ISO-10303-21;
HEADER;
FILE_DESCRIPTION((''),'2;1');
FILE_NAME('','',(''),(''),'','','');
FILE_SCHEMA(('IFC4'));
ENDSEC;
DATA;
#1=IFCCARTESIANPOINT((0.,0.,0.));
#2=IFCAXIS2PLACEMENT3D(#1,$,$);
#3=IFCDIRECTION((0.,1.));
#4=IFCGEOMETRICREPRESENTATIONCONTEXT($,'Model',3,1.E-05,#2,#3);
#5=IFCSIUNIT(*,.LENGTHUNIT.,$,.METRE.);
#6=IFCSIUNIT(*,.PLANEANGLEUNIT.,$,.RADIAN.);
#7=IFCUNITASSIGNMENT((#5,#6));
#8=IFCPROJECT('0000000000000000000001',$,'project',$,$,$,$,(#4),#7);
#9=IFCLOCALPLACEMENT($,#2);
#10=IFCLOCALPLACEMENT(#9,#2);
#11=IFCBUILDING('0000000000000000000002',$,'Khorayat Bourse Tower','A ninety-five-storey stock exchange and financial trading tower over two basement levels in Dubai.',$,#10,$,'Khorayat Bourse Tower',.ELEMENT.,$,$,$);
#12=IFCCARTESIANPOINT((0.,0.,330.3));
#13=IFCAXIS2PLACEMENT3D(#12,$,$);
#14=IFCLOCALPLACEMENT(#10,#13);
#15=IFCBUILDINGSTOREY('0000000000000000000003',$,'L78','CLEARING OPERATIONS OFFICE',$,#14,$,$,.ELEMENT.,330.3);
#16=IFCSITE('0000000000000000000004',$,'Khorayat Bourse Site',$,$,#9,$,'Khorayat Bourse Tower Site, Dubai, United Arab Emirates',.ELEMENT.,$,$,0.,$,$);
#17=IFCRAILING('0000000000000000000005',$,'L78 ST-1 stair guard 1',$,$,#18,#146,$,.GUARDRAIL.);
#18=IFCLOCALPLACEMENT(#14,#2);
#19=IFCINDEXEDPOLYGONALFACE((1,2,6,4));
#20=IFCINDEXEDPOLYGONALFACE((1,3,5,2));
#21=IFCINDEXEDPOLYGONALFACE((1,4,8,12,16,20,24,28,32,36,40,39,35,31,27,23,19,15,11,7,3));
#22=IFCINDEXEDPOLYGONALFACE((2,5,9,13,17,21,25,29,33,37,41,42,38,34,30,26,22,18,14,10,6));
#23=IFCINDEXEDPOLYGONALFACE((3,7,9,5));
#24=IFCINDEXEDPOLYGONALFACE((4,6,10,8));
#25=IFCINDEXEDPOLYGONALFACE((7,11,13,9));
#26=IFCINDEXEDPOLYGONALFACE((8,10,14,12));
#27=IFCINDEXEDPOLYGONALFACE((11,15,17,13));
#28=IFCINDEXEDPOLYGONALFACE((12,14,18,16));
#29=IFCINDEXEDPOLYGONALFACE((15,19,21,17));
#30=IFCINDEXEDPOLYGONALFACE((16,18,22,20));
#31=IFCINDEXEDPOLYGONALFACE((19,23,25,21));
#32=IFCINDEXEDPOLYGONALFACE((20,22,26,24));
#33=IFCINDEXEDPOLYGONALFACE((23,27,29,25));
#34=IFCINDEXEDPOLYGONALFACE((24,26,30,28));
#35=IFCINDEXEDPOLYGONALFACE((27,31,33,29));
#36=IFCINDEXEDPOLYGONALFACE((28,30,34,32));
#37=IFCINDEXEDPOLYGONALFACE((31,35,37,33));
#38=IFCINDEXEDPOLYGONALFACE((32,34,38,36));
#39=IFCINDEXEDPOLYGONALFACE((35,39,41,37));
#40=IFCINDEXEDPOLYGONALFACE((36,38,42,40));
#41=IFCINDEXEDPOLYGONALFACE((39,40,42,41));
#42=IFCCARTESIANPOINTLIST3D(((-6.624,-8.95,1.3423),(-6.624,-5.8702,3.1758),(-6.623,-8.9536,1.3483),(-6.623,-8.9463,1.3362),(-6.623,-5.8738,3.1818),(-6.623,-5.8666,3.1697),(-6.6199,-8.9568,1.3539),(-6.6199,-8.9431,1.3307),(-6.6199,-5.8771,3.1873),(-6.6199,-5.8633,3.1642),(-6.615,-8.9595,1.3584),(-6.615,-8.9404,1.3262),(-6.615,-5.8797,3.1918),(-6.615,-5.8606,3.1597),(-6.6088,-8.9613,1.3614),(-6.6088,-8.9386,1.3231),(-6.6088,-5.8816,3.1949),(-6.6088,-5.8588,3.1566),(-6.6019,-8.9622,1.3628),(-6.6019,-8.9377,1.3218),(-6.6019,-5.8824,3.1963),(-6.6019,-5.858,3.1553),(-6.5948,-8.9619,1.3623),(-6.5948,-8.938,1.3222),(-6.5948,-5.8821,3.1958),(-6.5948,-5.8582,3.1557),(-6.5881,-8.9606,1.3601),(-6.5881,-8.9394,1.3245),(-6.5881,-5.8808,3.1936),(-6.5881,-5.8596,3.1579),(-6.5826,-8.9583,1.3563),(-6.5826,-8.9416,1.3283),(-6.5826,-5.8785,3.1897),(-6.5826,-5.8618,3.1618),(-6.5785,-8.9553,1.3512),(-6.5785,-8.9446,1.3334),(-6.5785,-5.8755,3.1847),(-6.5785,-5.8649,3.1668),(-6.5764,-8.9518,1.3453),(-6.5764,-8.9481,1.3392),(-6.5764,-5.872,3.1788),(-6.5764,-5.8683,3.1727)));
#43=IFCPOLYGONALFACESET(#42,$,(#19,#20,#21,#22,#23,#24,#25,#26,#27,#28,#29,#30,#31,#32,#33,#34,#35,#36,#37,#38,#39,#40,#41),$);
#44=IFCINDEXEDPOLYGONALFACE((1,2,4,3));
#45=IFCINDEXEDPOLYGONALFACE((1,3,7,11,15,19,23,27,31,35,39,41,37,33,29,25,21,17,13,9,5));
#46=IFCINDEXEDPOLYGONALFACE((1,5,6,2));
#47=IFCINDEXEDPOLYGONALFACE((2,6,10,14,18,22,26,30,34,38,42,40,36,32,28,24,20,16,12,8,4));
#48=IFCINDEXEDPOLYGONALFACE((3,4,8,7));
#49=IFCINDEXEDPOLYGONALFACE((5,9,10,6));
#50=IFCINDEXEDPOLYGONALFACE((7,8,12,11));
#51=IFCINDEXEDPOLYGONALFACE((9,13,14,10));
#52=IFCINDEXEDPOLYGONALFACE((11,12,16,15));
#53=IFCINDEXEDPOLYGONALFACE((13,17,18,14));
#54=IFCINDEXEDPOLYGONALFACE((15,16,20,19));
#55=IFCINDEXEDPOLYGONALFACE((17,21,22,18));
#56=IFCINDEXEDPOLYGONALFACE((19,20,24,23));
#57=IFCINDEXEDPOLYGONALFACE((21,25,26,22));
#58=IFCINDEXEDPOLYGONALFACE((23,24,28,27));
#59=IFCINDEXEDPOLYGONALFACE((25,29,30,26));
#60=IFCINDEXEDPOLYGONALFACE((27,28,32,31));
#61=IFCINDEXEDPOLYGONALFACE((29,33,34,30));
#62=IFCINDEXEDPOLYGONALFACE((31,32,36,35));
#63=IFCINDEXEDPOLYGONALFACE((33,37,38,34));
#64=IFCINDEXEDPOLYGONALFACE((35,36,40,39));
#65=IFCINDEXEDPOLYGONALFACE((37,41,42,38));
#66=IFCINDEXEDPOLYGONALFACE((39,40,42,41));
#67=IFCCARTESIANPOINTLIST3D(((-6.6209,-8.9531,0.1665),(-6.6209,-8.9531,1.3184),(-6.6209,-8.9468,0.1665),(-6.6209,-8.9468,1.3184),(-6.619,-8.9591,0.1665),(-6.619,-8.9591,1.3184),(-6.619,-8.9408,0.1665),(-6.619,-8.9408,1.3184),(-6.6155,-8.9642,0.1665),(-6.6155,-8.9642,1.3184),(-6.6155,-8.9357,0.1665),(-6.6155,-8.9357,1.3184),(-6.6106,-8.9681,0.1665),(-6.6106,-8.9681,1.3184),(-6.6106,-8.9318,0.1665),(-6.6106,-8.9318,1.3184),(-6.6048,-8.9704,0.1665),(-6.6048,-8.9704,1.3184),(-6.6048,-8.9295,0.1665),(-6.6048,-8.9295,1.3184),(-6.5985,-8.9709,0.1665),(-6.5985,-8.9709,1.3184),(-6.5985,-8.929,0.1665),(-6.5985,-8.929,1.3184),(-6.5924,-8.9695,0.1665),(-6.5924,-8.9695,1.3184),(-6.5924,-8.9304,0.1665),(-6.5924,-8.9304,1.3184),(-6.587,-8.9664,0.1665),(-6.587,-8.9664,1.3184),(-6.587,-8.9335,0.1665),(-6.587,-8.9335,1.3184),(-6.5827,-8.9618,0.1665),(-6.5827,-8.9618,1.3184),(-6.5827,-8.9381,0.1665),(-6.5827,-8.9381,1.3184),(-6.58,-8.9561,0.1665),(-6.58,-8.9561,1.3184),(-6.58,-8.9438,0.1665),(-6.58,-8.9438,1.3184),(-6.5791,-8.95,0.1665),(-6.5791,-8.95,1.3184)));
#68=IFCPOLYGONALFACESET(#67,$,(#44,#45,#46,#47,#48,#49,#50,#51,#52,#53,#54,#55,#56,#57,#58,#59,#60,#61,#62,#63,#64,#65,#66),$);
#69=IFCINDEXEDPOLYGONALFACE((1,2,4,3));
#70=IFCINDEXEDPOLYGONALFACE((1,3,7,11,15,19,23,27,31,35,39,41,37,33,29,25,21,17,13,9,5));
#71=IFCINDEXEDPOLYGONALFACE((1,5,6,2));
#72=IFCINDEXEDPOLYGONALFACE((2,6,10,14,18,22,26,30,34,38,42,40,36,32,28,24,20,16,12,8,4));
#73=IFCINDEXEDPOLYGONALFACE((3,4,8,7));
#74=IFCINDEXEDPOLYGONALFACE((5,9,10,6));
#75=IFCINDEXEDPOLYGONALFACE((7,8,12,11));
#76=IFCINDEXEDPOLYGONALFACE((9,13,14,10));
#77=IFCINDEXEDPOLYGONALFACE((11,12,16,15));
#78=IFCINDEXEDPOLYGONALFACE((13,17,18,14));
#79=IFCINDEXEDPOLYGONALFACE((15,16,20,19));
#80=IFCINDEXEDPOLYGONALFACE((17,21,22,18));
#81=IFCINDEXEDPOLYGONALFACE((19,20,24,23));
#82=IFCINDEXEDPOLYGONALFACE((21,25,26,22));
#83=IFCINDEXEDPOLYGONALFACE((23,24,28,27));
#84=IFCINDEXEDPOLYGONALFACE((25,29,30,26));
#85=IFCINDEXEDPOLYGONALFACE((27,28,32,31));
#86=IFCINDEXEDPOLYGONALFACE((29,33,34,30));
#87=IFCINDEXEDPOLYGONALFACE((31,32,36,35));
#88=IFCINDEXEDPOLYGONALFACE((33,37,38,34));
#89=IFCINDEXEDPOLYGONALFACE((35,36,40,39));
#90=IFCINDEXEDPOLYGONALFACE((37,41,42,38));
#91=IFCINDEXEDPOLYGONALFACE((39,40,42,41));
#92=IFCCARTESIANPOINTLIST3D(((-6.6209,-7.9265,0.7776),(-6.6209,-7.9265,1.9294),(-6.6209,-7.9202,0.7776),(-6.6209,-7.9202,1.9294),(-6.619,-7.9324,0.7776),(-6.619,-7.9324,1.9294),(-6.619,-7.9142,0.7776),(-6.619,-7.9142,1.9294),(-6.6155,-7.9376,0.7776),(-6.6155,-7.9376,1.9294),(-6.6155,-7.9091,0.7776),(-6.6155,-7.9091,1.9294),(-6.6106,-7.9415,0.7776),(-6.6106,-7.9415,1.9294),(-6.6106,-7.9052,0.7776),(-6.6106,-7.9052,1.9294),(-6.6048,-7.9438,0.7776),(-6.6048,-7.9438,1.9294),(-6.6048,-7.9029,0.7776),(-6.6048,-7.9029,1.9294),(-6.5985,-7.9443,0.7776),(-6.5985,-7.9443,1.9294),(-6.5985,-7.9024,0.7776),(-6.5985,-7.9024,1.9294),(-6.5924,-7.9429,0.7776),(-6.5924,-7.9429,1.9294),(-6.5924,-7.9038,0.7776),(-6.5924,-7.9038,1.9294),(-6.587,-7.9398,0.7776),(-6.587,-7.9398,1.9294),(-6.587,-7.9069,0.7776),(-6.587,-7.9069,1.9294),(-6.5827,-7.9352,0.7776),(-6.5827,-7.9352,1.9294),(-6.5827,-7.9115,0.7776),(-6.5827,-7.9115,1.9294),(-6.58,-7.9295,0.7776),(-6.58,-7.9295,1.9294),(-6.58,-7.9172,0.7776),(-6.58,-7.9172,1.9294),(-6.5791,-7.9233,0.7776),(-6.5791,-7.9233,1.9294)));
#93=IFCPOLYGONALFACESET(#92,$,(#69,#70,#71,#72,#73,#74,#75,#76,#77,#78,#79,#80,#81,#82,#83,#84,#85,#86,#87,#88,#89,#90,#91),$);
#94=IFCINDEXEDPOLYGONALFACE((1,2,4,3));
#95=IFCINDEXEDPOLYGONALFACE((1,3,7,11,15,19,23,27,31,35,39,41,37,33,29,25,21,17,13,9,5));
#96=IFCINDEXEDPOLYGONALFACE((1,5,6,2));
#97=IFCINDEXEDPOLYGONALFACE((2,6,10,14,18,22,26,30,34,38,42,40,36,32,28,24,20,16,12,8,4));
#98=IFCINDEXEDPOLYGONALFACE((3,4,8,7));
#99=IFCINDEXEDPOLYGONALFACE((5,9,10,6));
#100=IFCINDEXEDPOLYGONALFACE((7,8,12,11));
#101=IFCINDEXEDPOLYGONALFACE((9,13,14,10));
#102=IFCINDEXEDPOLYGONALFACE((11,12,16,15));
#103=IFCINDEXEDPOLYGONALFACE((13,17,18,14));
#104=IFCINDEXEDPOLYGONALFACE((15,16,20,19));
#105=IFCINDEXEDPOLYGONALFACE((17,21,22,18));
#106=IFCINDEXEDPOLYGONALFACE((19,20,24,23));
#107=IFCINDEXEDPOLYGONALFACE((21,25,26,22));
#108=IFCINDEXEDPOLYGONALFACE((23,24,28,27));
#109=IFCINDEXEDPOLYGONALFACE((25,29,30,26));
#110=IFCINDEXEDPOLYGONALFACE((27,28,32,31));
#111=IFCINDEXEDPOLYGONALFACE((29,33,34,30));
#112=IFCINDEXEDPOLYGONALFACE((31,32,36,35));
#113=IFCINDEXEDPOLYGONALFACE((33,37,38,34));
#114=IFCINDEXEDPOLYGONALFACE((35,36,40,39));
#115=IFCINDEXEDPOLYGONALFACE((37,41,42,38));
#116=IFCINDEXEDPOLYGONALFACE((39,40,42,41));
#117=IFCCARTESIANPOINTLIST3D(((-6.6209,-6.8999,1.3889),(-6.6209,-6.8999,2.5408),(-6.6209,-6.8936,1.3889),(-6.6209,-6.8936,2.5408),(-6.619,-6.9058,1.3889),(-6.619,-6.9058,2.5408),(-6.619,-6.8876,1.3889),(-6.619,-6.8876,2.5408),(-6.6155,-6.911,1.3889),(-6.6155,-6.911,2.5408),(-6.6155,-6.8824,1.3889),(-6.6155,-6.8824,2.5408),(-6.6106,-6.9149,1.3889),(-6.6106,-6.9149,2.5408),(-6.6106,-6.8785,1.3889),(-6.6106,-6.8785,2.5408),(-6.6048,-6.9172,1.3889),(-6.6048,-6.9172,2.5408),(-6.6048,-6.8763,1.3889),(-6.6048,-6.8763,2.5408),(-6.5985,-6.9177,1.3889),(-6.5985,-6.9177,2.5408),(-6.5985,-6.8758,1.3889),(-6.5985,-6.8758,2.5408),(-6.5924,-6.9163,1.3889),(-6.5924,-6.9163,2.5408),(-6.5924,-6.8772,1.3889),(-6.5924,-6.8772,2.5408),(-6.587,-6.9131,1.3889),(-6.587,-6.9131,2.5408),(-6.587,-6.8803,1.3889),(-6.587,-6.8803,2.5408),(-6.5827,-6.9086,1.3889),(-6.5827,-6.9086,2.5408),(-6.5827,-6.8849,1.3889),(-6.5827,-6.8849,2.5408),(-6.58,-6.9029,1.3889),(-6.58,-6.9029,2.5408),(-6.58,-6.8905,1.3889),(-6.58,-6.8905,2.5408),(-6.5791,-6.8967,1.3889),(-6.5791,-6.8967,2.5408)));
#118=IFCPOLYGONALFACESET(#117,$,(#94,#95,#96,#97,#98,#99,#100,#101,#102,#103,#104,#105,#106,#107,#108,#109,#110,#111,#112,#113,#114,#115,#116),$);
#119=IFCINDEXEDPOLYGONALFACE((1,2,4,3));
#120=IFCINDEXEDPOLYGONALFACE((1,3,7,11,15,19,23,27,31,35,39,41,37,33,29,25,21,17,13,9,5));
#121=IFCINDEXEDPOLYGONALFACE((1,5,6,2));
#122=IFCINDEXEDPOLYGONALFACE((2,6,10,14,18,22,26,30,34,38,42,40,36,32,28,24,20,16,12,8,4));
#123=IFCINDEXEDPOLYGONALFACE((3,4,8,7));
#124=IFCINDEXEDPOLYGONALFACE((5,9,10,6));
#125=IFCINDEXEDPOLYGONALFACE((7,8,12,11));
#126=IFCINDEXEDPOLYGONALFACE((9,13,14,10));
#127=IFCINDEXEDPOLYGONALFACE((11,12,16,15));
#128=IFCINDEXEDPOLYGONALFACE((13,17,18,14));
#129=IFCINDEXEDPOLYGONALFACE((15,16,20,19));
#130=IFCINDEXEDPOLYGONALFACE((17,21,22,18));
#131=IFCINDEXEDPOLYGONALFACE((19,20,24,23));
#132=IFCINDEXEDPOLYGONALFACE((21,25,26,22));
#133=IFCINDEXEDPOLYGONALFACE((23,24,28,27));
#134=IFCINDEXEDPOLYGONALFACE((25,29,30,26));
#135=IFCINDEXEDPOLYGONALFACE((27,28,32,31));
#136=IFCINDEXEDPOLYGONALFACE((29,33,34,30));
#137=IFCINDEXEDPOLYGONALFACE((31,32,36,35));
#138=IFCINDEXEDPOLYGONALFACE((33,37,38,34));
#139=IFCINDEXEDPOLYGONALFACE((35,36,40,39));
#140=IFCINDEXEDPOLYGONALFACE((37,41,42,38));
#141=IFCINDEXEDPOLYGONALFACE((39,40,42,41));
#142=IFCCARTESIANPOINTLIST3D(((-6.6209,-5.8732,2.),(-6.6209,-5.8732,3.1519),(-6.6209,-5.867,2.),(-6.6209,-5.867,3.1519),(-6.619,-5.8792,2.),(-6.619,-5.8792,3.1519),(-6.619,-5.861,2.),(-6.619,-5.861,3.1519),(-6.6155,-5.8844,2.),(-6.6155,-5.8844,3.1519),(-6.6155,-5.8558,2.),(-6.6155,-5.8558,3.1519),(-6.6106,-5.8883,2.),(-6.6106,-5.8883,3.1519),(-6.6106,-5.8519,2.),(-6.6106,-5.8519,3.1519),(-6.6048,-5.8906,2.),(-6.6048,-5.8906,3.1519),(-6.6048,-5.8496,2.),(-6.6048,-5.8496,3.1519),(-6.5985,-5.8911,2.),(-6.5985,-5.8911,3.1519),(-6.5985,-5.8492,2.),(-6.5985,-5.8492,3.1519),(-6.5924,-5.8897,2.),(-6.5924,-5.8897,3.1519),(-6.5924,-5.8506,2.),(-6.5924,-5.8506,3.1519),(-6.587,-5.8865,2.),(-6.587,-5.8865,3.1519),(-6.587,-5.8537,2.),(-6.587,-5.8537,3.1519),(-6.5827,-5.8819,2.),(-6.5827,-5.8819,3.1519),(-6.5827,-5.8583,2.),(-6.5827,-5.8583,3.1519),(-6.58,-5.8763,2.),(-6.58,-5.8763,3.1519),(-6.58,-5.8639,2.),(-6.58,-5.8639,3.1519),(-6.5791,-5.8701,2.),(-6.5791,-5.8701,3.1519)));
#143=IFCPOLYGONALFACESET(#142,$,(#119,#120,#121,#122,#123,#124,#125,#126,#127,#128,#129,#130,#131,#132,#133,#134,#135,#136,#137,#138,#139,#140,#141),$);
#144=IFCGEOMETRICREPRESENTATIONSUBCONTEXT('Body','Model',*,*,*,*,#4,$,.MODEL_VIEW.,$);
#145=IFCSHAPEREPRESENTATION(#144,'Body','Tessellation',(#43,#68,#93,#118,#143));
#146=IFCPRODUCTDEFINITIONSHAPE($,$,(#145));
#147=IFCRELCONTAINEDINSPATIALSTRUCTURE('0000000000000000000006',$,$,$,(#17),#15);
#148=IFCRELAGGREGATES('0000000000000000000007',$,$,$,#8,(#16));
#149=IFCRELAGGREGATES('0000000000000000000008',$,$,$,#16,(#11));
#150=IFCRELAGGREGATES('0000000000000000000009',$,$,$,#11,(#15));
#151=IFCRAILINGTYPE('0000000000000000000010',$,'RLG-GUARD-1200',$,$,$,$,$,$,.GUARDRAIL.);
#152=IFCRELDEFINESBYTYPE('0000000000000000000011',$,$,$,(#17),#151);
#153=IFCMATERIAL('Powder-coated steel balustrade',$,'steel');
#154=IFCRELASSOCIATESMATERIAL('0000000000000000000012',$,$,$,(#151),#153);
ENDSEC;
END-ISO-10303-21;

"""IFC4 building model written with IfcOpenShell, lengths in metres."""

from ifc_helpers import new_model, si_unit, direction, frame, origin, origin_2d, place, context, subcontext, project, spatial, circle, extrude, source, transform, mapped, material, type_object, element, save


model = new_model("IFC4")

# Units and contexts
model_context = context("Model", 3, precision=1e-05, world=origin(), true_north=direction((0.0, 1.0)))
body_context = subcontext(model_context, "Body", "Model", "MODEL_VIEW")
ifc_project = project(units=[si_unit("LENGTHUNIT", "METRE"), si_unit("PLANEANGLEUNIT", "RADIAN")], contexts=[model_context])

# Site, building, storey
site_placement = place(None, origin())
site = spatial("IfcSite", under=ifc_project, at=site_placement, Name="Khorayat Bourse Site", LongName="Khorayat Bourse Tower Site, Dubai, United Arab Emirates", CompositionType="ELEMENT", RefElevation=0.0)
building_placement = place(site_placement, origin())
building = spatial("IfcBuilding", under=site, at=building_placement, Name="Khorayat Bourse Tower", Description="A ninety-five-storey stock exchange and financial trading tower over two basement levels in Dubai.", LongName="Khorayat Bourse Tower", CompositionType="ELEMENT")
storey_placement = place(building_placement, frame((0.0, 0.0, 330.3)))
storey = spatial("IfcBuildingStorey", under=building, at=storey_placement, Name="L78", Description="CLEARING OPERATIONS OFFICE", CompositionType="ELEMENT", Elevation=330.3)

# Railing
ifc_material_1 = material(Name="Powder-coated steel balustrade", Category="steel")
railing_type_1 = type_object("IfcRailingType", Name="RLG-GUARD-1200", PredefinedType="GUARDRAIL", material=ifc_material_1)
shared_shape_1 = source(origin(), body_context, "Body", "SweptSolid", [
    extrude(circle(Radius=0.0239, at=origin_2d()), frame((0.0, 0.0, 1.1758), z_axis=(0.0, 0.859261, 0.511538), x_axis=(-1.0, 0.0, 0.0)), (0.0, 0.0, 1.0), 3.5842),
    extrude(circle(Radius=0.021, at=origin_2d()), origin(), (0.0, 0.0, 1.0), 1.1519),
    extrude(circle(Radius=0.021, at=origin_2d()), frame((0.0, 1.0266, 0.6111)), (0.0, 0.0, 1.0), 1.1519),
    extrude(circle(Radius=0.021, at=origin_2d()), frame((0.0, 2.0532, 1.2224)), (0.0, 0.0, 1.0), 1.1519),
    extrude(circle(Radius=0.021, at=origin_2d()), frame((0.0, 3.0798, 1.8335)), (0.0, 0.0, 1.0), 1.1519),
])
railing_1_placement = place(storey_placement, frame((-6.6001, -8.95, 0.1665)))
element("IfcRailing", 1, at=railing_1_placement, inside=storey, type_object=railing_type_1, Name="L78 ST-1 stair guard 1", PredefinedType="GUARDRAIL", context=body_context, shape_type="MappedRepresentation", body=[
    mapped(shared_shape_1, transform((0.0, 0.0, 0.0), scale=1.0)),
])

save(model, "model.ifc")
